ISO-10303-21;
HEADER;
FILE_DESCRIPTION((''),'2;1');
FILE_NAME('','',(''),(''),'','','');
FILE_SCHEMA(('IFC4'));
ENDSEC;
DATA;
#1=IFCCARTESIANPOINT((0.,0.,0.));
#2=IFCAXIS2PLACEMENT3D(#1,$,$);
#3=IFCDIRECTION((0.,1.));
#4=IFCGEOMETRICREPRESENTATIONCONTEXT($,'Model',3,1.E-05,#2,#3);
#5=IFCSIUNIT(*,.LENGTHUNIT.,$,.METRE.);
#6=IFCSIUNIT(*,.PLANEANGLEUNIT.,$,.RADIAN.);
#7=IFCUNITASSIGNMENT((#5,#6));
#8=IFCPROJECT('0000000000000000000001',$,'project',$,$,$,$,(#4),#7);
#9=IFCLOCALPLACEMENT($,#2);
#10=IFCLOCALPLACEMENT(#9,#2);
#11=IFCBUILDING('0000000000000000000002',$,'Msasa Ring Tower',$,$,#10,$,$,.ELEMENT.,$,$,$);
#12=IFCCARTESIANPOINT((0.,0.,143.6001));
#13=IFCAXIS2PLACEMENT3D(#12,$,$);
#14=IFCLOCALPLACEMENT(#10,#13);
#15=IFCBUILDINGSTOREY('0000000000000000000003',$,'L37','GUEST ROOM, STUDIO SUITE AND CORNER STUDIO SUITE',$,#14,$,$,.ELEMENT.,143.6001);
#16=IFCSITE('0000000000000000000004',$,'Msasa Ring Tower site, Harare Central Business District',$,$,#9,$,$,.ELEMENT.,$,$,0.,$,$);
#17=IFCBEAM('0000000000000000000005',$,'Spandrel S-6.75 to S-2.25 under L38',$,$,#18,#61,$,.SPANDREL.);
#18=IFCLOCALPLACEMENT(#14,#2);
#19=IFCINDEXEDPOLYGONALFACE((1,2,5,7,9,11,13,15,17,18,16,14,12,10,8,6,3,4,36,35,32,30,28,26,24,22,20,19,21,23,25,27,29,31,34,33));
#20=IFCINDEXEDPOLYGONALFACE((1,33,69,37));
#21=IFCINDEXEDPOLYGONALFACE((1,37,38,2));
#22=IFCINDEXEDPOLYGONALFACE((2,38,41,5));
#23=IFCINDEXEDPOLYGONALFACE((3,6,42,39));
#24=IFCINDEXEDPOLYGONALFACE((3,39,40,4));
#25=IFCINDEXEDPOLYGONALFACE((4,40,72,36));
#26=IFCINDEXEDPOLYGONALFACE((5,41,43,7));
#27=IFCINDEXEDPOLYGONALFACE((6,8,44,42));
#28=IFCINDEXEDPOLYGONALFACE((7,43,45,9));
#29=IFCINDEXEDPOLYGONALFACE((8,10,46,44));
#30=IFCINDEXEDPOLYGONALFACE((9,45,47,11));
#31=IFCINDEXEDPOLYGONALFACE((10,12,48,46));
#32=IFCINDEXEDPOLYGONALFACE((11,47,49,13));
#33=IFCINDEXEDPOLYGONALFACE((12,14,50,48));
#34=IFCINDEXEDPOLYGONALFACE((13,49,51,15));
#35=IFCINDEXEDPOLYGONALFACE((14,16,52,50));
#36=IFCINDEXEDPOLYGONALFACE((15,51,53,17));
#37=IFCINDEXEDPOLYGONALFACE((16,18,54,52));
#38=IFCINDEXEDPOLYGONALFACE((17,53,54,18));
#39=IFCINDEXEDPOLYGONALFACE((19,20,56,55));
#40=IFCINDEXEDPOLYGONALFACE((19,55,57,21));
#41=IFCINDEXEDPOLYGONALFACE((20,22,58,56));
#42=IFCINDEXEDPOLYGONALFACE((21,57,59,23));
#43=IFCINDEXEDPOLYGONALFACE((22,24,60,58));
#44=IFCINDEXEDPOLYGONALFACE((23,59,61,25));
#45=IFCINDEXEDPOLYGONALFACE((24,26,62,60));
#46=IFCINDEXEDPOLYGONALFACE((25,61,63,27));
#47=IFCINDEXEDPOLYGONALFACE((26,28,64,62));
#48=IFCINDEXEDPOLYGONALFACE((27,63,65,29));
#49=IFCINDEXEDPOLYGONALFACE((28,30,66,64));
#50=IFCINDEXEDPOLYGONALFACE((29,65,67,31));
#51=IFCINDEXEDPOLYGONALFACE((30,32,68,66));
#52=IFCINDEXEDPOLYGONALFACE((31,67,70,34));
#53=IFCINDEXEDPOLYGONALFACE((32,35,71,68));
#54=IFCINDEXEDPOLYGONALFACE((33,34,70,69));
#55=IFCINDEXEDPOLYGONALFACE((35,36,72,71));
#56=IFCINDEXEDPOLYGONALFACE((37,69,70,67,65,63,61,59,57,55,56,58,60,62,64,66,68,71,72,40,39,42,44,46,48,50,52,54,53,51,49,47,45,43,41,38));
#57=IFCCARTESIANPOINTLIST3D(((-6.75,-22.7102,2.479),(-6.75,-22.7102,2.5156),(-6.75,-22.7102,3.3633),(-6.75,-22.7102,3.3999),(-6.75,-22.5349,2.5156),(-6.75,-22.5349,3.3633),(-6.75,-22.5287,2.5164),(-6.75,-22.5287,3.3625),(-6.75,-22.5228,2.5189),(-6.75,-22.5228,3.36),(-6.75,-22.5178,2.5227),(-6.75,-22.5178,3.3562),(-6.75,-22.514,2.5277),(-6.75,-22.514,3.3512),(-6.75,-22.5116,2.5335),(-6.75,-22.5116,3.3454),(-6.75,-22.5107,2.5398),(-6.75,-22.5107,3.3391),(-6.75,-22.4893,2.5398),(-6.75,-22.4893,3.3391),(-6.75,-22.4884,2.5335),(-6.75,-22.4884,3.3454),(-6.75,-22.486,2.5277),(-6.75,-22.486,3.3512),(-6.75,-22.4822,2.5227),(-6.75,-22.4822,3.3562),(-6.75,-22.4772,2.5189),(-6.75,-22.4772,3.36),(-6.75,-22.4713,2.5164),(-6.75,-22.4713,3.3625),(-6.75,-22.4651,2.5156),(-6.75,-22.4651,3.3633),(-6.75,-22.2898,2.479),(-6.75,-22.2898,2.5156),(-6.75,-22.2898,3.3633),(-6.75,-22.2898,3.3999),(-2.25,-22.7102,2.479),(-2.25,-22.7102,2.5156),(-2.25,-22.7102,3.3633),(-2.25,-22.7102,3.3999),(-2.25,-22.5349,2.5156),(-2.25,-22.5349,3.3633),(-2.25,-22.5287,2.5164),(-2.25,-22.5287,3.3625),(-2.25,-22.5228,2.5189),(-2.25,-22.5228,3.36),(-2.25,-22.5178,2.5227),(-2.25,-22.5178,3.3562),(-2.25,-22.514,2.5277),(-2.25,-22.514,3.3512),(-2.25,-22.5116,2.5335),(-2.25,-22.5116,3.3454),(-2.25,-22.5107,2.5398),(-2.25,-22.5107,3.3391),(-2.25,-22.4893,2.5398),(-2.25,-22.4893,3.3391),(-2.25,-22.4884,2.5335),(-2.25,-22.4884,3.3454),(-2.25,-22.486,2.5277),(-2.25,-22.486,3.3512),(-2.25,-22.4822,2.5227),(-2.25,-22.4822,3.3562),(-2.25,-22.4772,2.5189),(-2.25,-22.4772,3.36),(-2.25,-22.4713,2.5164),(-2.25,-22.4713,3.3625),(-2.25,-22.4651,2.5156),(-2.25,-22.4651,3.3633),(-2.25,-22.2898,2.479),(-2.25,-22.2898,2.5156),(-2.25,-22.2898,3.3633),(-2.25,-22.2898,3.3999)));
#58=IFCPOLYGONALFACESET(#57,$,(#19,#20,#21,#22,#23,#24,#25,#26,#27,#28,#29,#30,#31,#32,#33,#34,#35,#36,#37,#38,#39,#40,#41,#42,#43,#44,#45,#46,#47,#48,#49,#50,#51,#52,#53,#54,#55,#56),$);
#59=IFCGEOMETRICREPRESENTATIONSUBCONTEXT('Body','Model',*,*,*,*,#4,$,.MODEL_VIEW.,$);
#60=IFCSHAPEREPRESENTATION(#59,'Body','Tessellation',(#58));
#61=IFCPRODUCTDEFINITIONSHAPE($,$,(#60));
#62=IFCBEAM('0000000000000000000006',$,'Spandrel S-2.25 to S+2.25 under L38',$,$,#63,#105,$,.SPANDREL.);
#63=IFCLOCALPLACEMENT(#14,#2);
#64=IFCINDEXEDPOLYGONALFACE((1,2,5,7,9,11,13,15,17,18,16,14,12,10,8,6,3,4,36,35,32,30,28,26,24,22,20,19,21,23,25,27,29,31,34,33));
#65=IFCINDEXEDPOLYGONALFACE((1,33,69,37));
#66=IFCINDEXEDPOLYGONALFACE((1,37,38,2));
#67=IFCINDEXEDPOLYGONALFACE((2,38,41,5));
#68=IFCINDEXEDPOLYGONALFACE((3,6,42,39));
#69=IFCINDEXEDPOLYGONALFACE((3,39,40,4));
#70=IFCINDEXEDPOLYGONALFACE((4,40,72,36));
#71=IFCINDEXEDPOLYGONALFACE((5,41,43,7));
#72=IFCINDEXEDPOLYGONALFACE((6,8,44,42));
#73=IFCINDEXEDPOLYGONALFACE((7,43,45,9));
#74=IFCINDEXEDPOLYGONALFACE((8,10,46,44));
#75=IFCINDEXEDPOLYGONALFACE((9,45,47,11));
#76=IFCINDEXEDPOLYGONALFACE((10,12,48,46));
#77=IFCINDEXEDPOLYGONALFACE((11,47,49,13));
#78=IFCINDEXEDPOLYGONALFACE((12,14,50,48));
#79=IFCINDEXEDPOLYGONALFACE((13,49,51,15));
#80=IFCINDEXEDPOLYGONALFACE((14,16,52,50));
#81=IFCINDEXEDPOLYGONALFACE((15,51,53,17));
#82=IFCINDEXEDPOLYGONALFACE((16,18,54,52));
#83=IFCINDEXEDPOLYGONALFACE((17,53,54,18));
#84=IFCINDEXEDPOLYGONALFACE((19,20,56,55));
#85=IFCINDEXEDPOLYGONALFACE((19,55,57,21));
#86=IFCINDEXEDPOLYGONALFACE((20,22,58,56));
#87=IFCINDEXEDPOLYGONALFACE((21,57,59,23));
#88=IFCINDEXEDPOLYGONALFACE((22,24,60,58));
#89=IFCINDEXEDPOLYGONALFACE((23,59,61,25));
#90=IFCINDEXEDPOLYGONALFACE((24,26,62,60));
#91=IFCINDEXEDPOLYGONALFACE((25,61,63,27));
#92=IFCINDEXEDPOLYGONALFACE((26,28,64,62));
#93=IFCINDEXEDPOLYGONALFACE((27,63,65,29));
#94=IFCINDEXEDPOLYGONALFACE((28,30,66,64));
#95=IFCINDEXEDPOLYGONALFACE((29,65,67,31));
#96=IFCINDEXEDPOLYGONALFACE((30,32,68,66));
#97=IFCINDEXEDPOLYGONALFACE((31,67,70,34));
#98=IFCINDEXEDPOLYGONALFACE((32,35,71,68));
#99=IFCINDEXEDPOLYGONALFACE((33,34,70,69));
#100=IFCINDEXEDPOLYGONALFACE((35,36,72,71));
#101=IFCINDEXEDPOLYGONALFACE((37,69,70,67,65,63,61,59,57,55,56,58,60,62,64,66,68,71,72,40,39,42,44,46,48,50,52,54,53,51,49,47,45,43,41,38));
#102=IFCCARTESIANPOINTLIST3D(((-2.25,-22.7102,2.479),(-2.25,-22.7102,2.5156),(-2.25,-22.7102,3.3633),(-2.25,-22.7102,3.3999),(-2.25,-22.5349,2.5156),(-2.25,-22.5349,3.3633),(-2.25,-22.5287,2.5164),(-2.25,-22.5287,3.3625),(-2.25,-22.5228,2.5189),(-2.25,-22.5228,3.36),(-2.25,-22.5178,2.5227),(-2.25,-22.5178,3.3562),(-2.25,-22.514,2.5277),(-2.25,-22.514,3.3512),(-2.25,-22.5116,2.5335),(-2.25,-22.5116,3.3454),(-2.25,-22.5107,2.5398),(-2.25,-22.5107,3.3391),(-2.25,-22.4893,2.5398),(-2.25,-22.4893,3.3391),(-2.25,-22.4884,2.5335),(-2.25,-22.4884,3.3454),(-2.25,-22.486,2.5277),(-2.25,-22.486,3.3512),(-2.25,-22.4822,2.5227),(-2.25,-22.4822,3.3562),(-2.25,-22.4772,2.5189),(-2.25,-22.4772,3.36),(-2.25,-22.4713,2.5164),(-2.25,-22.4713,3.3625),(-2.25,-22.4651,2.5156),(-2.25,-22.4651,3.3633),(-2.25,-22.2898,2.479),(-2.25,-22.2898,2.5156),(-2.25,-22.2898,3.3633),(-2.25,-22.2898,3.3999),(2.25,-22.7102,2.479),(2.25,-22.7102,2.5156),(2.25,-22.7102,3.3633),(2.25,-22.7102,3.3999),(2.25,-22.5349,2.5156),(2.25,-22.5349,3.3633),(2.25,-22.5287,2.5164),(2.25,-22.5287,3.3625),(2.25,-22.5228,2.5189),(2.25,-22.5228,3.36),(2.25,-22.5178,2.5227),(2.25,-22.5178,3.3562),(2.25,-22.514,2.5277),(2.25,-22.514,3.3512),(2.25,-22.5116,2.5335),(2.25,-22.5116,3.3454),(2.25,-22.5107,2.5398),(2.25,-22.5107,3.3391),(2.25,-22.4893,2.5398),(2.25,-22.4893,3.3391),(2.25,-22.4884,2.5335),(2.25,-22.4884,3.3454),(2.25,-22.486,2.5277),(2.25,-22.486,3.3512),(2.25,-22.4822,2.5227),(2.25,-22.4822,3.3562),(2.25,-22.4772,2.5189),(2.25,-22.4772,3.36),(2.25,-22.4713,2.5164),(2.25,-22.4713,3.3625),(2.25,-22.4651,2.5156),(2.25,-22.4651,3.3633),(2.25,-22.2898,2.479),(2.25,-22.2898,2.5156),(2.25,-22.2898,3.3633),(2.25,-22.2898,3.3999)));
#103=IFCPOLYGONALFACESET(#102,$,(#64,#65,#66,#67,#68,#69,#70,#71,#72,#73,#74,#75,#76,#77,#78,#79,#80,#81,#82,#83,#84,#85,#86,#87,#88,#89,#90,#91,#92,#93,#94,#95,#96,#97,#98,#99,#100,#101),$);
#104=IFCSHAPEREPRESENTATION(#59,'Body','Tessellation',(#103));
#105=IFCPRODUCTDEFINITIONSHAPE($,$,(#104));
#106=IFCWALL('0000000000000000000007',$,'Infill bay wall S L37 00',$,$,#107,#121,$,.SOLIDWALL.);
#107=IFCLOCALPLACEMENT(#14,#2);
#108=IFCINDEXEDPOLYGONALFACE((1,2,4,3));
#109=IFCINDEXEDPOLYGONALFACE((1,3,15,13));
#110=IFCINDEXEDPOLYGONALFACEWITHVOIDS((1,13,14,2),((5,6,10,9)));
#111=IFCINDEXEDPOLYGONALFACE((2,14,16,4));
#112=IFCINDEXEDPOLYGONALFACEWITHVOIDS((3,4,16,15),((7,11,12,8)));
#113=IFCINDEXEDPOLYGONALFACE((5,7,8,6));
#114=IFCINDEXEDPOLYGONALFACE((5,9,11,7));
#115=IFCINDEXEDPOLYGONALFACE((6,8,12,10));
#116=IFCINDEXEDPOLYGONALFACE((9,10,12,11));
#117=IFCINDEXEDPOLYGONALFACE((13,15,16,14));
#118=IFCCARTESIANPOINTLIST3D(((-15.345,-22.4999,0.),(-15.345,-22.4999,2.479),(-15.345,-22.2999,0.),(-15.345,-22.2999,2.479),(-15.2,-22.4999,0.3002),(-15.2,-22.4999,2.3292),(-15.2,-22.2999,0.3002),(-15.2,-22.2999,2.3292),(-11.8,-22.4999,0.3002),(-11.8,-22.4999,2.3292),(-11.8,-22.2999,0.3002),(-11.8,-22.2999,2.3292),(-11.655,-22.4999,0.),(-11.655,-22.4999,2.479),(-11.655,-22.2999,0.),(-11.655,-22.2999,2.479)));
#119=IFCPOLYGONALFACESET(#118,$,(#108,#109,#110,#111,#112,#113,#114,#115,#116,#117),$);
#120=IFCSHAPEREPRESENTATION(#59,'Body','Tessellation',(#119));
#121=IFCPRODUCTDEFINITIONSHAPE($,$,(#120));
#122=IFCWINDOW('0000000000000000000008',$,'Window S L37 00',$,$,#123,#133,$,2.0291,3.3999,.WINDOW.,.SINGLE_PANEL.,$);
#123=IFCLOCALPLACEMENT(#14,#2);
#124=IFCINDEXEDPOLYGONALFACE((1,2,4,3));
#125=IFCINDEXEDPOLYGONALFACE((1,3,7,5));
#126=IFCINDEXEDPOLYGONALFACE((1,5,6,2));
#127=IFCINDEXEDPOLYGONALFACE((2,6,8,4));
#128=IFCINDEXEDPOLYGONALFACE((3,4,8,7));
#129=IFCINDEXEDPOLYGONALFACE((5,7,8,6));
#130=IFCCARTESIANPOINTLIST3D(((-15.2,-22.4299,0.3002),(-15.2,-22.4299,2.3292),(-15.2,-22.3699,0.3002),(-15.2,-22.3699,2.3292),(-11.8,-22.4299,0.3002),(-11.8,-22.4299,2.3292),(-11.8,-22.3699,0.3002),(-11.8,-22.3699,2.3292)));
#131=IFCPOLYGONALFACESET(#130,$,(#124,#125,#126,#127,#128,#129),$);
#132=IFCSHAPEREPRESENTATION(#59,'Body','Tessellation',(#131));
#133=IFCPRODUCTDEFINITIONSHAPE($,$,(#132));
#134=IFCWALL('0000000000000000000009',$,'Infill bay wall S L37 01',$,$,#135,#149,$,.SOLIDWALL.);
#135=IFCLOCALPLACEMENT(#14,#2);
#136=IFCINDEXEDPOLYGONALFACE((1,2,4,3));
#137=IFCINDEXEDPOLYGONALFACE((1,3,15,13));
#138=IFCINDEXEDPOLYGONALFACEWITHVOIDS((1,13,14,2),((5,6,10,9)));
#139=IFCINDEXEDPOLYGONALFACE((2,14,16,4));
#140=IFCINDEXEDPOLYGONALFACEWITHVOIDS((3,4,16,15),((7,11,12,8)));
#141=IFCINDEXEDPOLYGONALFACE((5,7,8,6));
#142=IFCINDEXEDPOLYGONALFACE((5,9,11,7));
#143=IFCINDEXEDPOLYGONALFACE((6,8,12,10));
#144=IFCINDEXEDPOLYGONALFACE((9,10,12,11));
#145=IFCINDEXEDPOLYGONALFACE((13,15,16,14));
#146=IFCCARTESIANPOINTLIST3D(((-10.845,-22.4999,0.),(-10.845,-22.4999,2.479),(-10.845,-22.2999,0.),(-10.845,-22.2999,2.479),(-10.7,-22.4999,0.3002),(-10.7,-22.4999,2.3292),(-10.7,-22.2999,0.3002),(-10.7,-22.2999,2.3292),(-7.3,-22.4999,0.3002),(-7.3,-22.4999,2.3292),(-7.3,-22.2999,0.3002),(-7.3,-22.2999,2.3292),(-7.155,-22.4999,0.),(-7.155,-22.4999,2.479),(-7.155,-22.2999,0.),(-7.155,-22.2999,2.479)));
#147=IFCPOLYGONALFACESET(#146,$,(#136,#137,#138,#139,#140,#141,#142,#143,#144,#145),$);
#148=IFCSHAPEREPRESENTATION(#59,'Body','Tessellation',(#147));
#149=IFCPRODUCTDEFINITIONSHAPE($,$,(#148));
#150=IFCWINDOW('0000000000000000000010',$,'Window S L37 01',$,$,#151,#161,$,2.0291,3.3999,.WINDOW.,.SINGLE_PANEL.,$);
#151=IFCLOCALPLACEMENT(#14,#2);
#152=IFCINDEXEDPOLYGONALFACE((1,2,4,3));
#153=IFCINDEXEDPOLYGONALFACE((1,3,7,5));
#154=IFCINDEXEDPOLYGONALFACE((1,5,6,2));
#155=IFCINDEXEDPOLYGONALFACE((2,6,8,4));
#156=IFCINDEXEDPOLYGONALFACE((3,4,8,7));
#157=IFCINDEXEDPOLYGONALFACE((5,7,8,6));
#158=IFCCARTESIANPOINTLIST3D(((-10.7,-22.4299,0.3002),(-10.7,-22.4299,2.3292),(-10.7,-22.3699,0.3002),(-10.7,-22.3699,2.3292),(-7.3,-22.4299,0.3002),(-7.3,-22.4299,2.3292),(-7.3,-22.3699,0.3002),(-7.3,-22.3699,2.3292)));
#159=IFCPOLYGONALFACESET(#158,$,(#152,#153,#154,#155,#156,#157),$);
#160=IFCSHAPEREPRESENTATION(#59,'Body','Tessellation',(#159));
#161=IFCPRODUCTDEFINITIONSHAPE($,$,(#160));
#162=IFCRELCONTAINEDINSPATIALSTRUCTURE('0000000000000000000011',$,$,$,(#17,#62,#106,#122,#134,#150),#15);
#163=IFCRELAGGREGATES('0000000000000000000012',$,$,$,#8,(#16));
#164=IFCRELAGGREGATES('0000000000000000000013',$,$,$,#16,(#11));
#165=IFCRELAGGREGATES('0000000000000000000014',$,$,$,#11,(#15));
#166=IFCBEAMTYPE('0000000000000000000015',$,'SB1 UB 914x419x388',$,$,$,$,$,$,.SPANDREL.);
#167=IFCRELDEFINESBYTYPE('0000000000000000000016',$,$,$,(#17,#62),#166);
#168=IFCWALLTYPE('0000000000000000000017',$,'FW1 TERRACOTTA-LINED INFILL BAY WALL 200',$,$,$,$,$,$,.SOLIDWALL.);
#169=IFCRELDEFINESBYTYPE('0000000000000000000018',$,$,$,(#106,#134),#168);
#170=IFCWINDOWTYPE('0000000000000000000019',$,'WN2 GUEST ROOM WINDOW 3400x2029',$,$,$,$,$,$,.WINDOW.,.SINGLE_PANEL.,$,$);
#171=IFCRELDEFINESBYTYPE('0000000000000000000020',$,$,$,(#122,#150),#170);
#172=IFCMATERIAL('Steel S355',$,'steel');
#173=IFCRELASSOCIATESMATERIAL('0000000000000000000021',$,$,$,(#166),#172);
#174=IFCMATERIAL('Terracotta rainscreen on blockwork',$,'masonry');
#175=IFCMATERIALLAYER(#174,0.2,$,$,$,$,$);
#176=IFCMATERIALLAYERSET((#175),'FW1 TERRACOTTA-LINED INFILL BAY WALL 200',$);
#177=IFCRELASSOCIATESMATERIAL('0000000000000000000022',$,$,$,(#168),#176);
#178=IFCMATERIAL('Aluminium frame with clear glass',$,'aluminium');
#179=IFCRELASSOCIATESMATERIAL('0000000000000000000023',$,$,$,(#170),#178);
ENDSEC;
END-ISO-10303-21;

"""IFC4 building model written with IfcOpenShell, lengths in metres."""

from ifc_helpers import new_model, si_unit, direction, frame, frame_2d, origin, origin_2d, place, context, subcontext, project, spatial, rectangle, i_section, extrude, material, layer, layer_set, material_profile, profile_set, type_object, element, fill, save


model = new_model("IFC4")

# Units and contexts
model_context = context("Model", 3, precision=1e-05, world=origin(), true_north=direction((0.0, 1.0)))
body_context = subcontext(model_context, "Body", "Model", "MODEL_VIEW")
ifc_project = project(units=[si_unit("LENGTHUNIT", "METRE"), si_unit("PLANEANGLEUNIT", "RADIAN")], contexts=[model_context])

# Site, building, storey
site_placement = place(None, origin())
site = spatial("IfcSite", under=ifc_project, at=site_placement, Name="Msasa Ring Tower site, Harare Central Business District", CompositionType="ELEMENT", RefElevation=0.0)
building_placement = place(site_placement, origin())
building = spatial("IfcBuilding", under=site, at=building_placement, Name="Msasa Ring Tower", CompositionType="ELEMENT")
storey_placement = place(building_placement, frame((0.0, 0.0, 143.6001)))
storey = spatial("IfcBuildingStorey", under=building, at=storey_placement, Name="L37", Description="GUEST ROOM, STUDIO SUITE AND CORNER STUDIO SUITE", CompositionType="ELEMENT", Elevation=143.6001)

# Beams
ifc_material_1 = material(Name="Steel S355", Category="steel")
ifc_material_profile_1 = material_profile(ifc_material_1, i_section(OverallWidth=0.4204, OverallDepth=0.9209, WebThickness=0.0215, FlangeThickness=0.0366, FilletRadius=0.0242, at=origin_2d()), Name="UB 914x419x388")
ifc_profile_set_1 = profile_set([ifc_material_profile_1], Name="Steel S355")
beam_type_1 = type_object("IfcBeamType", Name="SB1 UB 914x419x388", PredefinedType="SPANDREL", material=ifc_profile_set_1)
for number, where, z_axis, x_axis, name in (
    (1, (-6.75, -22.5, 2.9395), (1.0, 0.0, 0.0), (0.0, 1.0, 0.0), "Spandrel S-6.75 to S-2.25 under L38"),
    (2, (-2.25, -22.5, 2.9395), (1.0, 0.0, 0.0), (0.0, 1.0, 0.0), "Spandrel S-2.25 to S+2.25 under L38"),
):
    element("IfcBeam", number, at=place(storey_placement, frame(where, z_axis=z_axis, x_axis=x_axis)), inside=storey, type_object=beam_type_1, Name=name, PredefinedType="SPANDREL", context=body_context, shape_type="SweptSolid", body=[
        extrude(i_section(OverallWidth=0.4204, OverallDepth=0.9209, WebThickness=0.0215, FlangeThickness=0.0366, FilletRadius=0.0242, at=origin_2d()), origin(), (0.0, 0.0, 1.0), 4.5),
    ])

# Walls, openings, windows
ifc_material_2 = material(Name="Terracotta rainscreen on blockwork", Category="masonry")
ifc_layer_1 = layer(ifc_material_2, 0.2)
ifc_layer_set_1 = layer_set([ifc_layer_1], Name="FW1 TERRACOTTA-LINED INFILL BAY WALL 200")
wall_type_1 = type_object("IfcWallType", Name="FW1 TERRACOTTA-LINED INFILL BAY WALL 200", PredefinedType="SOLIDWALL", material=ifc_layer_set_1)
wall_1_placement = place(storey_placement, frame((-15.345, -22.3999, 0.0), z_axis=(0.0, 0.0, 1.0), x_axis=(1.0, 0.0, 0.0)))
wall_1 = element("IfcWall", 3, at=wall_1_placement, inside=storey, type_object=wall_type_1, Name="Infill bay wall S L37 00", PredefinedType="SOLIDWALL", context=body_context, shape_type="SweptSolid", body=[
    extrude(rectangle(XDim=3.6899, YDim=0.2, at=frame_2d((1.845, 0.0))), origin(), (0.0, 0.0, 1.0), 2.479),
])
opening_1_placement = place(wall_1_placement, frame((0.145, 0.0, 0.3)))
opening_1 = element("IfcOpeningElement", 4, at=opening_1_placement, cuts=wall_1, PredefinedType="OPENING", context=body_context, shape_type="SweptSolid", body=[
    extrude(rectangle(XDim=3.3999, YDim=2.0291, at=frame_2d((1.7, 1.0146))), frame((0.0, 0.1099, 0.0), z_axis=(0.0, -1.0, 0.0), x_axis=(1.0, 0.0, 0.0)), (0.0, 0.0, 1.0), 0.22),
])
ifc_material_3 = material(Name="Aluminium frame with clear glass", Category="aluminium")
window_type = type_object("IfcWindowType", Name="WN2 GUEST ROOM WINDOW 3400x2029", PartitioningType="SINGLE_PANEL", PredefinedType="WINDOW", material=ifc_material_3)
window_1_placement = place(opening_1_placement, origin())
window_1 = element("IfcWindow", 5, at=window_1_placement, inside=storey, type_object=window_type, Name="Window S L37 00", OverallHeight=2.0291, OverallWidth=3.3999, PartitioningType="SINGLE_PANEL", PredefinedType="WINDOW", context=body_context, shape_type="SweptSolid", body=[
    extrude(rectangle(XDim=3.3999, YDim=2.0291, at=frame_2d((1.7, 1.0146))), frame((0.0, 0.03, 0.0), z_axis=(0.0, -1.0, 0.0), x_axis=(1.0, 0.0, 0.0)), (0.0, 0.0, 1.0), 0.0601),
])
fill(opening_1, window_1)
wall_2_placement = place(storey_placement, frame((-10.845, -22.3999, 0.0), z_axis=(0.0, 0.0, 1.0), x_axis=(1.0, 0.0, 0.0)))
wall_2 = element("IfcWall", 6, at=wall_2_placement, inside=storey, type_object=wall_type_1, Name="Infill bay wall S L37 01", PredefinedType="SOLIDWALL", context=body_context, shape_type="SweptSolid", body=[
    extrude(rectangle(XDim=3.6899, YDim=0.2, at=frame_2d((1.845, 0.0))), origin(), (0.0, 0.0, 1.0), 2.479),
])
opening_2_placement = place(wall_2_placement, frame((0.145, 0.0, 0.3)))
opening_2 = element("IfcOpeningElement", 7, at=opening_2_placement, cuts=wall_2, PredefinedType="OPENING", context=body_context, shape_type="SweptSolid", body=[
    extrude(rectangle(XDim=3.3999, YDim=2.0291, at=frame_2d((1.7, 1.0146))), frame((0.0, 0.1099, 0.0), z_axis=(0.0, -1.0, 0.0), x_axis=(1.0, 0.0, 0.0)), (0.0, 0.0, 1.0), 0.22),
])
window_2_placement = place(opening_2_placement, origin())
window_2 = element("IfcWindow", 8, at=window_2_placement, inside=storey, type_object=window_type, Name="Window S L37 01", OverallHeight=2.0291, OverallWidth=3.3999, PartitioningType="SINGLE_PANEL", PredefinedType="WINDOW", context=body_context, shape_type="SweptSolid", body=[
    extrude(rectangle(XDim=3.3999, YDim=2.0291, at=frame_2d((1.7, 1.0146))), frame((0.0, 0.03, 0.0), z_axis=(0.0, -1.0, 0.0), x_axis=(1.0, 0.0, 0.0)), (0.0, 0.0, 1.0), 0.0601),
])
fill(opening_2, window_2)

save(model, "model.ifc")
